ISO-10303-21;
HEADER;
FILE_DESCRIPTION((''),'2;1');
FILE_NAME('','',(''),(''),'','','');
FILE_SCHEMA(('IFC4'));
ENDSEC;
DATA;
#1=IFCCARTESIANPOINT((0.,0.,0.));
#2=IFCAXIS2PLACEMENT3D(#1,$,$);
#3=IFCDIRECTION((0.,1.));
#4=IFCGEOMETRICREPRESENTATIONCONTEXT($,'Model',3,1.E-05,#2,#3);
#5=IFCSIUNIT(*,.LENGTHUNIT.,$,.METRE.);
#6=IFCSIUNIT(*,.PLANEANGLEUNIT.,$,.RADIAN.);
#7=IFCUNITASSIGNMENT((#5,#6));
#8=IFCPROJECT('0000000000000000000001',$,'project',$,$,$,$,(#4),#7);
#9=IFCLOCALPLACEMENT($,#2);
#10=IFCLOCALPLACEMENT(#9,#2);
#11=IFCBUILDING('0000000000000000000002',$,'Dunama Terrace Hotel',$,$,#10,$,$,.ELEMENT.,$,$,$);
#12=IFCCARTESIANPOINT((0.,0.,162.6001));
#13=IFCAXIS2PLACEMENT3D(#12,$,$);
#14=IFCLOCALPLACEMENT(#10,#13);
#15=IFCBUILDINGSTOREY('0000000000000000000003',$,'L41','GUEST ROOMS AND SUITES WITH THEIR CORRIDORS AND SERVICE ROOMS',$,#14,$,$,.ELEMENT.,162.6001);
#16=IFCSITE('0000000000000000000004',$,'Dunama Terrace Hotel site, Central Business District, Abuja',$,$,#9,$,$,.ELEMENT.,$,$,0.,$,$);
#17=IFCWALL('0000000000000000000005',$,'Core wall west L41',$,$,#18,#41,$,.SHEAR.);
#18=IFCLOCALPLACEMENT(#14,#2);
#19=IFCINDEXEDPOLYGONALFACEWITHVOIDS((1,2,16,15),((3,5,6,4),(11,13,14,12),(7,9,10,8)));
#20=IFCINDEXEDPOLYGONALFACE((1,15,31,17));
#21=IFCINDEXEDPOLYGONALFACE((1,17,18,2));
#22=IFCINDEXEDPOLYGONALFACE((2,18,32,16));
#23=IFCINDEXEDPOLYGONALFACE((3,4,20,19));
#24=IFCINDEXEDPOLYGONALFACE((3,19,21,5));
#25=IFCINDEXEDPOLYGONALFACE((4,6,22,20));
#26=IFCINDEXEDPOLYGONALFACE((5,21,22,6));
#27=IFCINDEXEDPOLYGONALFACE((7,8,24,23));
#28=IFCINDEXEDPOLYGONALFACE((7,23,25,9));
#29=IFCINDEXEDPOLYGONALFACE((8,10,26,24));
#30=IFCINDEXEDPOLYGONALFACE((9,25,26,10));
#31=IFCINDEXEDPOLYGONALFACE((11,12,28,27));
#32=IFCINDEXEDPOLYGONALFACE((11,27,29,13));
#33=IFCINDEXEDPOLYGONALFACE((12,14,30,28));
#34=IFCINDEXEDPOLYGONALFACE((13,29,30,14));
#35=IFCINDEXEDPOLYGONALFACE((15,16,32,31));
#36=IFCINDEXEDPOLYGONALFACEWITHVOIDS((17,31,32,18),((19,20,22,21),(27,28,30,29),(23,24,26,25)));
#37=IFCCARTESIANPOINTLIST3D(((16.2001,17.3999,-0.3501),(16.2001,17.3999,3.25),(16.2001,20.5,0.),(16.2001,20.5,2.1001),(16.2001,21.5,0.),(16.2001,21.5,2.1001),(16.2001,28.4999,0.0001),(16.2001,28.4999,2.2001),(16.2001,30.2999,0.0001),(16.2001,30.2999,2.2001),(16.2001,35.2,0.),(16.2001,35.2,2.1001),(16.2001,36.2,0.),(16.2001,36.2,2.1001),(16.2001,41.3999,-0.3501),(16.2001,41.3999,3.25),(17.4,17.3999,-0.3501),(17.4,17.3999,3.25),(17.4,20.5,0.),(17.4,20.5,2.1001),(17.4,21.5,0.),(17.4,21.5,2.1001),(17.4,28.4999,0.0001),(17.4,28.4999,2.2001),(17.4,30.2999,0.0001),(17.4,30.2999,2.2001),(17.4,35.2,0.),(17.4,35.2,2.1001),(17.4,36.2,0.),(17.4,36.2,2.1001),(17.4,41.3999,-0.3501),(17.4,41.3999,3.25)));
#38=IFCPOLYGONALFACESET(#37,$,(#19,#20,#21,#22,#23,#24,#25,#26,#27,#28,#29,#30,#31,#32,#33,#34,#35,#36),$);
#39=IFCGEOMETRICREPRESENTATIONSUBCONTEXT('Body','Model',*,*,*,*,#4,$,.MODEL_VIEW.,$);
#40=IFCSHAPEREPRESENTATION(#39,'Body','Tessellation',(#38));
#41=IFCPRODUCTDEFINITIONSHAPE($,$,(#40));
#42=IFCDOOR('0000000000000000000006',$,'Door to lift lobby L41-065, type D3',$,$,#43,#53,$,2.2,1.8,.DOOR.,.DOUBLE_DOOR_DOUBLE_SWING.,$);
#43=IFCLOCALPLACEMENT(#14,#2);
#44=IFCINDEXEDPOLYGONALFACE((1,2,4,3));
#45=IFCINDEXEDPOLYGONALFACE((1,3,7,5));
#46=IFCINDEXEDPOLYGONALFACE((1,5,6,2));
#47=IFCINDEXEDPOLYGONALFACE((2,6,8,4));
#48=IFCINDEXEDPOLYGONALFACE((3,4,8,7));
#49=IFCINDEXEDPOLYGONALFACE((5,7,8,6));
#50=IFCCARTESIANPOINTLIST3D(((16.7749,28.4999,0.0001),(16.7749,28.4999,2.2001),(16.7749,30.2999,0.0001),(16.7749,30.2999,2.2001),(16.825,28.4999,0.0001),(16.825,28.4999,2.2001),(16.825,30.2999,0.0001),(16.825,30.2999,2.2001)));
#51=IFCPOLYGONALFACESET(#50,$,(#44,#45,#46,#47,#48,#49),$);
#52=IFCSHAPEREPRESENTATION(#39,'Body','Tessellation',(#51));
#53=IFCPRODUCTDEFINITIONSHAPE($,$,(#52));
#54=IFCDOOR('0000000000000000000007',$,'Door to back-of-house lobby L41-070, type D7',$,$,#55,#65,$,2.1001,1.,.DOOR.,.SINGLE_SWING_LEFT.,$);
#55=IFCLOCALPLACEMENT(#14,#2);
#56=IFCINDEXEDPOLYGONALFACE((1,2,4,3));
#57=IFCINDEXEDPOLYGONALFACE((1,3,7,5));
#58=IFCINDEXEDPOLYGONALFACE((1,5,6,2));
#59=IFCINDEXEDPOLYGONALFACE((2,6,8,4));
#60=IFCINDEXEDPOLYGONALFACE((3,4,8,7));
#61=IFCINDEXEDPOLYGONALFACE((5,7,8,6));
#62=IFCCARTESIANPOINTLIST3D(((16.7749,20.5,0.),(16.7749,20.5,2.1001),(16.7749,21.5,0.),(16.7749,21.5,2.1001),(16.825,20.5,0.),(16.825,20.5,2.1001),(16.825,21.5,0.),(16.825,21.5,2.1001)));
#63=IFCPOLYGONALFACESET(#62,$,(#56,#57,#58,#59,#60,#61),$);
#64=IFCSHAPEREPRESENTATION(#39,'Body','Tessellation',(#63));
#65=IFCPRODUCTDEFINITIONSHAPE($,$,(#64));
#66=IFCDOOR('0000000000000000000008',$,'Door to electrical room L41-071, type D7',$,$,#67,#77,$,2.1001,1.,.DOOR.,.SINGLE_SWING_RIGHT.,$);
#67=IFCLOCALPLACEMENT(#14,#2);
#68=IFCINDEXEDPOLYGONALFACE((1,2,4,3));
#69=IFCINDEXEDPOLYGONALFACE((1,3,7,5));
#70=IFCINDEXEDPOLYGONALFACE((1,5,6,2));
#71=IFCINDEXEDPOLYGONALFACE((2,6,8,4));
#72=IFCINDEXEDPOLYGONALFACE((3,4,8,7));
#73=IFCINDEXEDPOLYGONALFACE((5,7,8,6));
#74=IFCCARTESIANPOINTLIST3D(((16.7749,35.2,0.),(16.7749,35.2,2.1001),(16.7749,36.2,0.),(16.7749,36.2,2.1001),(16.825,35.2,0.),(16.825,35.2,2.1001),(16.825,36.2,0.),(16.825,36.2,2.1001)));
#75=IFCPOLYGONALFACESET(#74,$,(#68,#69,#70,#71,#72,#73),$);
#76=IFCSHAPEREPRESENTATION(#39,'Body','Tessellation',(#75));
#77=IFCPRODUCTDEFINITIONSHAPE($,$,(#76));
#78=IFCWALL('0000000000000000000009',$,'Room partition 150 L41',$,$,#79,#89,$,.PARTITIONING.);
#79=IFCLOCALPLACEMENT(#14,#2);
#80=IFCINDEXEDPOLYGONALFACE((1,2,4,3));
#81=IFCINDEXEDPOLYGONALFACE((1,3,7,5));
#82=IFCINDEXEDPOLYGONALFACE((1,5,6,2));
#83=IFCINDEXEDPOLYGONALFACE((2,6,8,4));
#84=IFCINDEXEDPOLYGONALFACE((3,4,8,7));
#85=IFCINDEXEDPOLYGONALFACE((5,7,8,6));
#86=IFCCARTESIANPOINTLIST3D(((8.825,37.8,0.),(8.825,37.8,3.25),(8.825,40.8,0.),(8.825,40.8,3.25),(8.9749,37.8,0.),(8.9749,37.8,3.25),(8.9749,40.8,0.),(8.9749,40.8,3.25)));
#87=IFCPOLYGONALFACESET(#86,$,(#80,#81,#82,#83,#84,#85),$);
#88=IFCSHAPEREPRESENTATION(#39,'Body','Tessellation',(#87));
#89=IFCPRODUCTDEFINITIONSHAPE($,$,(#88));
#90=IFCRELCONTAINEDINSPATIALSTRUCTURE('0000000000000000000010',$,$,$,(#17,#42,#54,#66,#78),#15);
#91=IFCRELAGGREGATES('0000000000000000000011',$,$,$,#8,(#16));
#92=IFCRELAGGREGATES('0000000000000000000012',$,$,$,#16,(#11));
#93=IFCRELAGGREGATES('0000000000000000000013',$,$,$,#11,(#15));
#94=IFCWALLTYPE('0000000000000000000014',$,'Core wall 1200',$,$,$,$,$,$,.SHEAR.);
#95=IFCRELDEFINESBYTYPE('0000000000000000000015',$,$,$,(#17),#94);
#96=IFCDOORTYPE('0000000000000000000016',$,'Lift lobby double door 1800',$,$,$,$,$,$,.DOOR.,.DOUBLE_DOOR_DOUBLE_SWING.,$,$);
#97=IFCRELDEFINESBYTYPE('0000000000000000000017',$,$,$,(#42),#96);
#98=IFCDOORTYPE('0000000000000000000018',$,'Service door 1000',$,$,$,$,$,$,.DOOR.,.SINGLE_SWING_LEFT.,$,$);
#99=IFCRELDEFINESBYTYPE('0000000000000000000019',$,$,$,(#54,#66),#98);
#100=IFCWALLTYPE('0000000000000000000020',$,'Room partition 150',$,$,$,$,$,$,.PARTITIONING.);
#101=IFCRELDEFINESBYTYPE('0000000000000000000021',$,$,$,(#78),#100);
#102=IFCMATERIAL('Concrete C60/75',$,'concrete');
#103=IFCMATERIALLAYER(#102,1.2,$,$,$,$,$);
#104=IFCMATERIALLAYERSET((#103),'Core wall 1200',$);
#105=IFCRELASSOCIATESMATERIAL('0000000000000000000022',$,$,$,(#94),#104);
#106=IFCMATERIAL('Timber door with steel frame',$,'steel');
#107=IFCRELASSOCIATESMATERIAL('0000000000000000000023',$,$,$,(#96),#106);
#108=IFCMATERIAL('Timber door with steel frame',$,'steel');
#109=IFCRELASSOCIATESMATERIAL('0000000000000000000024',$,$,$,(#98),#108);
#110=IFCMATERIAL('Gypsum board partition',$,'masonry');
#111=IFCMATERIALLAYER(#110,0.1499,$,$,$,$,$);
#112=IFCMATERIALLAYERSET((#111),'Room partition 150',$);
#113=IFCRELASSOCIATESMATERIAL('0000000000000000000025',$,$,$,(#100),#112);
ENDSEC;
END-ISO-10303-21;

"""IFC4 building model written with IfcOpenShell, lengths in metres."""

from ifc_helpers import new_model, si_unit, direction, frame, frame_2d, origin, place, context, subcontext, project, spatial, rectangle, extrude, material, layer, layer_set, type_object, element, fill, save


model = new_model("IFC4")

# Units and contexts
model_context = context("Model", 3, precision=1e-05, world=origin(), true_north=direction((0.0, 1.0)))
body_context = subcontext(model_context, "Body", "Model", "MODEL_VIEW")
ifc_project = project(units=[si_unit("LENGTHUNIT", "METRE"), si_unit("PLANEANGLEUNIT", "RADIAN")], contexts=[model_context])

# Site, building, storey
site_placement = place(None, origin())
site = spatial("IfcSite", under=ifc_project, at=site_placement, Name="Dunama Terrace Hotel site, Central Business District, Abuja", CompositionType="ELEMENT", RefElevation=0.0)
building_placement = place(site_placement, origin())
building = spatial("IfcBuilding", under=site, at=building_placement, Name="Dunama Terrace Hotel", CompositionType="ELEMENT")
storey_placement = place(building_placement, frame((0.0, 0.0, 162.6001)))
storey = spatial("IfcBuildingStorey", under=building, at=storey_placement, Name="L41", Description="GUEST ROOMS AND SUITES WITH THEIR CORRIDORS AND SERVICE ROOMS", CompositionType="ELEMENT", Elevation=162.6001)

# Wall, openings, doors
ifc_material_1 = material(Name="Concrete C60/75", Category="concrete")
ifc_layer_1 = layer(ifc_material_1, 1.2)
ifc_layer_set_1 = layer_set([ifc_layer_1], Name="Core wall 1200")
wall_type_1 = type_object("IfcWallType", Name="Core wall 1200", PredefinedType="SHEAR", material=ifc_layer_set_1)
wall_1_placement = place(storey_placement, frame((16.8, 41.3999, -0.3501), z_axis=(0.0, 0.0, 1.0), x_axis=(0.0, -1.0, 0.0)))
wall_1 = element("IfcWall", 1, at=wall_1_placement, inside=storey, type_object=wall_type_1, Name="Core wall west L41", PredefinedType="SHEAR", context=body_context, shape_type="SweptSolid", body=[
    extrude(rectangle(XDim=24.0, YDim=1.2, at=frame_2d((12.0, 0.0))), origin(), (0.0, 0.0, 1.0), 3.6001),
])
opening_1_placement = place(wall_1_placement, frame((11.1001, 0.0, 0.3501)))
opening_1 = element("IfcOpeningElement", 2, at=opening_1_placement, cuts=wall_1, PredefinedType="OPENING", context=body_context, shape_type="SweptSolid", body=[
    extrude(rectangle(XDim=1.8, YDim=2.2, at=frame_2d((0.8999, 1.1001))), frame((0.0, 0.6099, 0.0), z_axis=(0.0, -1.0, 0.0), x_axis=(1.0, 0.0, 0.0)), (0.0, 0.0, 1.0), 1.22),
])
opening_2_placement = place(wall_1_placement, frame((19.8999, 0.0, 0.3501)))
opening_2 = element("IfcOpeningElement", 3, at=opening_2_placement, cuts=wall_1, PredefinedType="OPENING", context=body_context, shape_type="SweptSolid", body=[
    extrude(rectangle(XDim=1.0, YDim=2.1001, at=frame_2d((0.5, 1.05))), frame((0.0, 0.6099, 0.0), z_axis=(0.0, -1.0, 0.0), x_axis=(1.0, 0.0, 0.0)), (0.0, 0.0, 1.0), 1.22),
])
opening_3_placement = place(wall_1_placement, frame((5.2, 0.0, 0.3501)))
opening_3 = element("IfcOpeningElement", 4, at=opening_3_placement, cuts=wall_1, PredefinedType="OPENING", context=body_context, shape_type="SweptSolid", body=[
    extrude(rectangle(XDim=1.0, YDim=2.1001, at=frame_2d((0.5, 1.05))), frame((0.0, 0.6099, 0.0), z_axis=(0.0, -1.0, 0.0), x_axis=(1.0, 0.0, 0.0)), (0.0, 0.0, 1.0), 1.22),
])
ifc_material_2 = material(Name="Timber door with steel frame", Category="steel")
door_type_1 = type_object("IfcDoorType", Name="Lift lobby double door 1800", OperationType="DOUBLE_DOOR_DOUBLE_SWING", PredefinedType="DOOR", material=ifc_material_2)
door_1_placement = place(opening_1_placement, origin())
door_1 = element("IfcDoor", 5, at=door_1_placement, inside=storey, type_object=door_type_1, Name="Door to lift lobby L41-065, type D3", OperationType="DOUBLE_DOOR_DOUBLE_SWING", OverallHeight=2.2, OverallWidth=1.8, PredefinedType="DOOR", context=body_context, shape_type="SweptSolid", body=[
    extrude(rectangle(XDim=1.8, YDim=2.2, at=frame_2d((0.8999, 1.1001))), frame((0.0, 0.0249, 0.0), z_axis=(0.0, -1.0, 0.0), x_axis=(1.0, 0.0, 0.0)), (0.0, 0.0, 1.0), 0.05),
])
fill(opening_1, door_1)
ifc_material_3 = material(Name="Timber door with steel frame", Category="steel")
door_type_2 = type_object("IfcDoorType", Name="Service door 1000", OperationType="SINGLE_SWING_LEFT", PredefinedType="DOOR", material=ifc_material_3)
door_2_placement = place(opening_2_placement, origin())
door_2 = element("IfcDoor", 6, at=door_2_placement, inside=storey, type_object=door_type_2, Name="Door to back-of-house lobby L41-070, type D7", OperationType="SINGLE_SWING_LEFT", OverallHeight=2.1001, OverallWidth=1.0, PredefinedType="DOOR", context=body_context, shape_type="SweptSolid", body=[
    extrude(rectangle(XDim=1.0, YDim=2.1001, at=frame_2d((0.5, 1.05))), frame((0.0, 0.0249, 0.0), z_axis=(0.0, -1.0, 0.0), x_axis=(1.0, 0.0, 0.0)), (0.0, 0.0, 1.0), 0.05),
])
fill(opening_2, door_2)
door_3_placement = place(opening_3_placement, origin())
door_3 = element("IfcDoor", 7, at=door_3_placement, inside=storey, type_object=door_type_2, Name="Door to electrical room L41-071, type D7", OperationType="SINGLE_SWING_RIGHT", OverallHeight=2.1001, OverallWidth=1.0, PredefinedType="DOOR", context=body_context, shape_type="SweptSolid", body=[
    extrude(rectangle(XDim=1.0, YDim=2.1001, at=frame_2d((0.5, 1.05))), frame((0.0, 0.0249, 0.0), z_axis=(0.0, -1.0, 0.0), x_axis=(1.0, 0.0, 0.0)), (0.0, 0.0, 1.0), 0.05),
])
fill(opening_3, door_3)

# Wall
ifc_material_4 = material(Name="Gypsum board partition", Category="masonry")
ifc_layer_2 = layer(ifc_material_4, 0.1499)
ifc_layer_set_2 = layer_set([ifc_layer_2], Name="Room partition 150")
wall_type_2 = type_object("IfcWallType", Name="Room partition 150", PredefinedType="PARTITIONING", material=ifc_layer_set_2)
wall_2_placement = place(storey_placement, frame((8.8999, 37.8, 0.0), z_axis=(0.0, 0.0, 1.0), x_axis=(0.0, 1.0, 0.0)))
element("IfcWall", 8, at=wall_2_placement, inside=storey, type_object=wall_type_2, Name="Room partition 150 L41", PredefinedType="PARTITIONING", context=body_context, shape_type="SweptSolid", body=[
    extrude(rectangle(XDim=3.0, YDim=0.1499, at=frame_2d((1.5, 0.0))), origin(), (0.0, 0.0, 1.0), 3.25),
])

save(model, "model.ifc")
